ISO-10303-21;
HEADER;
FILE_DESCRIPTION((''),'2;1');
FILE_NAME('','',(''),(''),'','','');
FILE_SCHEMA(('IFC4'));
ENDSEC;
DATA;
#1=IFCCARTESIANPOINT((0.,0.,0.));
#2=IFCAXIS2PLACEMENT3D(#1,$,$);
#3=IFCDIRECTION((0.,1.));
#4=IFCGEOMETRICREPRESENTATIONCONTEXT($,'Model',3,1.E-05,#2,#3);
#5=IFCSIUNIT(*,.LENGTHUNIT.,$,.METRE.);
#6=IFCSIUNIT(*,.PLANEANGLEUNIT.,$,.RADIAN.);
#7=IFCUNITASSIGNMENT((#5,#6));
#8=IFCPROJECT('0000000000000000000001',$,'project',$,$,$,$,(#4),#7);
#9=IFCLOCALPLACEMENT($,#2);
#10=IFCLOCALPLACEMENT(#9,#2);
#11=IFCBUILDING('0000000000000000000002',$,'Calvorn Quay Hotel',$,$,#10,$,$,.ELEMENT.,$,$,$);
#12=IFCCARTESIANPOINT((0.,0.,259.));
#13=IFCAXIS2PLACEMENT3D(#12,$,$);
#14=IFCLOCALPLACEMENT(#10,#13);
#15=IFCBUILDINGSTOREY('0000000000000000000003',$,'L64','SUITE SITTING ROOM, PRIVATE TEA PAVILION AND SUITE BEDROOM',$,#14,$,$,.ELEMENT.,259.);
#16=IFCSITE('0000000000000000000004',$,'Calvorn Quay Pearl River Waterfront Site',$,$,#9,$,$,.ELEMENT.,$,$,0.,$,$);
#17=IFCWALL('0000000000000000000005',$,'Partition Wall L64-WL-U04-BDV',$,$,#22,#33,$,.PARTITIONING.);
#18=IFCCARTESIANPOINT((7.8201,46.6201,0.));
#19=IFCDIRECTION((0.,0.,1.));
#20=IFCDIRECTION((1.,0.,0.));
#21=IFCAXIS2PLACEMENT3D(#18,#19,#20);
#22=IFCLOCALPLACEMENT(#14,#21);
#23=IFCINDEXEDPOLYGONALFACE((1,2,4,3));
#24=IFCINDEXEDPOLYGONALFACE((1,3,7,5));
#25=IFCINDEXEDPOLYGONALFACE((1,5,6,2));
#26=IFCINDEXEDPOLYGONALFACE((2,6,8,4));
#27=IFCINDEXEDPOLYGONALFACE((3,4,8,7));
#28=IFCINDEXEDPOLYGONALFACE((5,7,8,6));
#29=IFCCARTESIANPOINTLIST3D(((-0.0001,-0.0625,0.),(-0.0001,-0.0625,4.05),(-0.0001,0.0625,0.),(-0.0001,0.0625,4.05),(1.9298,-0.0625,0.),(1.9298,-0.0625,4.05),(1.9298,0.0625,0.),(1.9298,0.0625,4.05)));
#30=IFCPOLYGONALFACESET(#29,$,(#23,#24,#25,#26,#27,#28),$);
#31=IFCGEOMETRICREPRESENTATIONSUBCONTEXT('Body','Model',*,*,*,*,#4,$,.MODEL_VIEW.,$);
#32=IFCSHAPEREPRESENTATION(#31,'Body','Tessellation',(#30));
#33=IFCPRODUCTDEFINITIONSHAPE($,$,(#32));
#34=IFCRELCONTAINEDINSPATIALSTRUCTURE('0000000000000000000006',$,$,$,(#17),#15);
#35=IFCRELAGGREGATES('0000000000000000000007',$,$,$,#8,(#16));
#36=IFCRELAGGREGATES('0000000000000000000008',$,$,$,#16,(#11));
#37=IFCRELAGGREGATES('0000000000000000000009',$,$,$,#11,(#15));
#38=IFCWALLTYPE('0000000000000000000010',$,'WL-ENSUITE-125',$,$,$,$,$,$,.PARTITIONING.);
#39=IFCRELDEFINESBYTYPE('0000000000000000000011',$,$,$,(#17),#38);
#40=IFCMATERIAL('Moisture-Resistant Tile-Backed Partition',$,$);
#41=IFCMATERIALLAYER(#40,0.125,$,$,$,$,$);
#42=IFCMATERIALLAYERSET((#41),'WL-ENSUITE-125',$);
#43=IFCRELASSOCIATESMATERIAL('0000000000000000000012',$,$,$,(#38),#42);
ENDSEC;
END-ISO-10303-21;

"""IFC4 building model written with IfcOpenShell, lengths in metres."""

from ifc_helpers import new_model, si_unit, direction, frame, frame_2d, origin, place, context, subcontext, project, spatial, rectangle, extrude, material, layer, layer_set, type_object, element, save


model = new_model("IFC4")

# Units and contexts
model_context = context("Model", 3, precision=1e-05, world=origin(), true_north=direction((0.0, 1.0)))
body_context = subcontext(model_context, "Body", "Model", "MODEL_VIEW")
ifc_project = project(units=[si_unit("LENGTHUNIT", "METRE"), si_unit("PLANEANGLEUNIT", "RADIAN")], contexts=[model_context])

# Site, building, storey
site_placement = place(None, origin())
site = spatial("IfcSite", under=ifc_project, at=site_placement, Name="Calvorn Quay Pearl River Waterfront Site", CompositionType="ELEMENT", RefElevation=0.0)
building_placement = place(site_placement, origin())
building = spatial("IfcBuilding", under=site, at=building_placement, Name="Calvorn Quay Hotel", CompositionType="ELEMENT")
storey_placement = place(building_placement, frame((0.0, 0.0, 259.0)))
storey = spatial("IfcBuildingStorey", under=building, at=storey_placement, Name="L64", Description="SUITE SITTING ROOM, PRIVATE TEA PAVILION AND SUITE BEDROOM", CompositionType="ELEMENT", Elevation=259.0)

# Wall
ifc_material_1 = material(Name="Moisture-Resistant Tile-Backed Partition")
ifc_layer_1 = layer(ifc_material_1, 0.125)
ifc_layer_set_1 = layer_set([ifc_layer_1], Name="WL-ENSUITE-125")
wall_type_1 = type_object("IfcWallType", Name="WL-ENSUITE-125", PredefinedType="PARTITIONING", material=ifc_layer_set_1)
wall_1_placement = place(storey_placement, frame((7.8201, 46.6201, 0.0), z_axis=(0.0, 0.0, 1.0), x_axis=(1.0, 0.0, 0.0)))
element("IfcWall", 1, at=wall_1_placement, inside=storey, type_object=wall_type_1, Name="Partition Wall L64-WL-U04-BDV", PredefinedType="PARTITIONING", context=body_context, shape_type="SweptSolid", body=[
    extrude(rectangle(XDim=1.9299, YDim=0.125, at=frame_2d((0.9648, 0.0))), origin(), (0.0, 0.0, 1.0), 4.05),
])

save(model, "model.ifc")
